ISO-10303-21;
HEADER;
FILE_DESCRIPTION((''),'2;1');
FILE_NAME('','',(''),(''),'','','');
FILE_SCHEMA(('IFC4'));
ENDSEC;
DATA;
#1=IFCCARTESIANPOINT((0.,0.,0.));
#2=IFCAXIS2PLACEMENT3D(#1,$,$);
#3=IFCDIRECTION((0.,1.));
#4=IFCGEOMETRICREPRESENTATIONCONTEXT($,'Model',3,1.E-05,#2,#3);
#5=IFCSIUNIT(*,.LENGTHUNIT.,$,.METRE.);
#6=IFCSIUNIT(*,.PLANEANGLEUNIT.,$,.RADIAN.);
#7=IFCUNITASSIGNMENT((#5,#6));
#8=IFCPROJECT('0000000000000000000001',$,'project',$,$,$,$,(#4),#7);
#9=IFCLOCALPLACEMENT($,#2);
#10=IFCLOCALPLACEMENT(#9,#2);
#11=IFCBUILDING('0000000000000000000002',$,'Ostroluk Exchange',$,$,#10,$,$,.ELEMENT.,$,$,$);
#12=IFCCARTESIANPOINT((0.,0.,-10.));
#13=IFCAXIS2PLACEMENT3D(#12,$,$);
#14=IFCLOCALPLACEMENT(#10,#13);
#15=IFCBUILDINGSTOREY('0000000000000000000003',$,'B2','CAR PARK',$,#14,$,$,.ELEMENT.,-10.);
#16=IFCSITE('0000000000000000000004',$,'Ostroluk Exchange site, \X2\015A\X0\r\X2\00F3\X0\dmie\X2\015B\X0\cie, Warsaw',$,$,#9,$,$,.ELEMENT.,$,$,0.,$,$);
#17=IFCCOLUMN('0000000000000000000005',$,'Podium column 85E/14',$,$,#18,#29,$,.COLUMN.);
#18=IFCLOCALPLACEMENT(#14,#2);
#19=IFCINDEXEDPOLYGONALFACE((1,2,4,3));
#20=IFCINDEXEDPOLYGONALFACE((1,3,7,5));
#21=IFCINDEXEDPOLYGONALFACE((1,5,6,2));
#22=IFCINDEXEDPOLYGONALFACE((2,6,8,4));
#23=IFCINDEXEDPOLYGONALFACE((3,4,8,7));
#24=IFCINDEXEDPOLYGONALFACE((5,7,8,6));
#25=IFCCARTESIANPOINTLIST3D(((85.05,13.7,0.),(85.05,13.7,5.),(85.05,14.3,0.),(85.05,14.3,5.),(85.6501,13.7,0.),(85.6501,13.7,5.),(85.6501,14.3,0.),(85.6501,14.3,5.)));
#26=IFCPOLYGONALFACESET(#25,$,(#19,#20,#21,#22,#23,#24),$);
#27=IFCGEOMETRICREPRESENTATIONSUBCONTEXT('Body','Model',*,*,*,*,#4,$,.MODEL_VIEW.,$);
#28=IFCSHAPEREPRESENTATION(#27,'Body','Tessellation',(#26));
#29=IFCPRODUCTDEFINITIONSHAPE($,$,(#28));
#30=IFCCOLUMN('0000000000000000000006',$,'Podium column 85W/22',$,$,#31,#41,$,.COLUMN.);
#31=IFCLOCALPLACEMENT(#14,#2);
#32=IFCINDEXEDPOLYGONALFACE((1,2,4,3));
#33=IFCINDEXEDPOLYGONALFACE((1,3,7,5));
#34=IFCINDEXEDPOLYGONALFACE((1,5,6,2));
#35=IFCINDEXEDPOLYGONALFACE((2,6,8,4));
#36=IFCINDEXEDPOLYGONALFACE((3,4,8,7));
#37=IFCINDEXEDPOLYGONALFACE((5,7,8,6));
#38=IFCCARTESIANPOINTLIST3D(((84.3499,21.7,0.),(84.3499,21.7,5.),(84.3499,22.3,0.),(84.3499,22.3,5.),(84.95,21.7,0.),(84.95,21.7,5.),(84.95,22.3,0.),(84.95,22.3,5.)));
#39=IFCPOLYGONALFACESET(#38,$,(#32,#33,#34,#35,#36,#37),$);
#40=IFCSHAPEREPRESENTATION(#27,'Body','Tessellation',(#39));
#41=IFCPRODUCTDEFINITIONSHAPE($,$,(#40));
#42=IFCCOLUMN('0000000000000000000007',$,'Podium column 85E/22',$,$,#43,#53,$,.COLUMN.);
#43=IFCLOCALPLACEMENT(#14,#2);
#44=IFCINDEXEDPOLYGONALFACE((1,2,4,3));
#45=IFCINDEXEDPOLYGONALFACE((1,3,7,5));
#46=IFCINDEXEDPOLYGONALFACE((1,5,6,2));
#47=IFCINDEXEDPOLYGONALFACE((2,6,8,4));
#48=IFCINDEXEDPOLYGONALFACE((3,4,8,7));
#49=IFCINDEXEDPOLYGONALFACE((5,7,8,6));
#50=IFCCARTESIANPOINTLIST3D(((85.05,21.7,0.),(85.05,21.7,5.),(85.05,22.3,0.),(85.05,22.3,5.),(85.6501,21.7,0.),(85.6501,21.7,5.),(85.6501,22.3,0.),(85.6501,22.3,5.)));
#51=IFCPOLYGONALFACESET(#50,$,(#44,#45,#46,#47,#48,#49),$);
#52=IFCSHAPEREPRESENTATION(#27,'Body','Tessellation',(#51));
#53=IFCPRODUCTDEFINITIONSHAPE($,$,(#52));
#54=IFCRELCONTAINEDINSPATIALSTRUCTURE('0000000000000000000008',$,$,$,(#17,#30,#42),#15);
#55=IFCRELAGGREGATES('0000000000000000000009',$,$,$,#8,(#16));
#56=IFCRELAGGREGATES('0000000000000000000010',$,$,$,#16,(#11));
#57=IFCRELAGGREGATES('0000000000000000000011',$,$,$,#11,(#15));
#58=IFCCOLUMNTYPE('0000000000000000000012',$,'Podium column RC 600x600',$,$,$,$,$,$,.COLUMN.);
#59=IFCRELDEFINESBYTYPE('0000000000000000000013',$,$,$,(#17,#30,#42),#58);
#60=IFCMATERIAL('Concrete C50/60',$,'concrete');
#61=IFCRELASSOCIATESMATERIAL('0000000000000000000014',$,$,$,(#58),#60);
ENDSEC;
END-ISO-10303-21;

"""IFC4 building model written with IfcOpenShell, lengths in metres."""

from ifc_helpers import new_model, si_unit, direction, frame, origin, origin_2d, place, context, subcontext, project, spatial, rectangle, extrude, material, material_profile, profile_set, type_object, element, save


model = new_model("IFC4")

# Units and contexts
model_context = context("Model", 3, precision=1e-05, world=origin(), true_north=direction((0.0, 1.0)))
body_context = subcontext(model_context, "Body", "Model", "MODEL_VIEW")
ifc_project = project(units=[si_unit("LENGTHUNIT", "METRE"), si_unit("PLANEANGLEUNIT", "RADIAN")], contexts=[model_context])

# Site, building, storey
site_placement = place(None, origin())
site = spatial("IfcSite", under=ifc_project, at=site_placement, Name="Ostroluk Exchange site, Śródmieście, Warsaw", CompositionType="ELEMENT", RefElevation=0.0)
building_placement = place(site_placement, origin())
building = spatial("IfcBuilding", under=site, at=building_placement, Name="Ostroluk Exchange", CompositionType="ELEMENT")
storey_placement = place(building_placement, frame((0.0, 0.0, -10.0)))
storey = spatial("IfcBuildingStorey", under=building, at=storey_placement, Name="B2", Description="CAR PARK", CompositionType="ELEMENT", Elevation=-10.0)

# Columns
ifc_material_1 = material(Name="Concrete C50/60", Category="concrete")
ifc_material_profile_1 = material_profile(ifc_material_1, rectangle(XDim=0.6001, YDim=0.6001, at=origin_2d()), Name="RC 600x600")
ifc_profile_set_1 = profile_set([ifc_material_profile_1], Name="Concrete C50/60")
column_type_1 = type_object("IfcColumnType", Name="Podium column RC 600x600", PredefinedType="COLUMN", material=ifc_profile_set_1)
for number, where, z_axis, x_axis, name in (
    (1, (85.3501, 14.0, 0.0), (0.0, 0.0, 1.0), (1.0, 0.0, 0.0), "Podium column 85E/14"),
    (2, (84.6499, 22.0, 0.0), (0.0, 0.0, 1.0), (1.0, 0.0, 0.0), "Podium column 85W/22"),
    (3, (85.3501, 22.0, 0.0), (0.0, 0.0, 1.0), (1.0, 0.0, 0.0), "Podium column 85E/22"),
):
    element("IfcColumn", number, at=place(storey_placement, frame(where, z_axis=z_axis, x_axis=x_axis)), inside=storey, type_object=column_type_1, Name=name, PredefinedType="COLUMN", context=body_context, shape_type="SweptSolid", body=[
        extrude(rectangle(XDim=0.6001, YDim=0.6001, at=origin_2d()), origin(), (0.0, 0.0, 1.0), 5.0),
    ])

save(model, "model.ifc")
